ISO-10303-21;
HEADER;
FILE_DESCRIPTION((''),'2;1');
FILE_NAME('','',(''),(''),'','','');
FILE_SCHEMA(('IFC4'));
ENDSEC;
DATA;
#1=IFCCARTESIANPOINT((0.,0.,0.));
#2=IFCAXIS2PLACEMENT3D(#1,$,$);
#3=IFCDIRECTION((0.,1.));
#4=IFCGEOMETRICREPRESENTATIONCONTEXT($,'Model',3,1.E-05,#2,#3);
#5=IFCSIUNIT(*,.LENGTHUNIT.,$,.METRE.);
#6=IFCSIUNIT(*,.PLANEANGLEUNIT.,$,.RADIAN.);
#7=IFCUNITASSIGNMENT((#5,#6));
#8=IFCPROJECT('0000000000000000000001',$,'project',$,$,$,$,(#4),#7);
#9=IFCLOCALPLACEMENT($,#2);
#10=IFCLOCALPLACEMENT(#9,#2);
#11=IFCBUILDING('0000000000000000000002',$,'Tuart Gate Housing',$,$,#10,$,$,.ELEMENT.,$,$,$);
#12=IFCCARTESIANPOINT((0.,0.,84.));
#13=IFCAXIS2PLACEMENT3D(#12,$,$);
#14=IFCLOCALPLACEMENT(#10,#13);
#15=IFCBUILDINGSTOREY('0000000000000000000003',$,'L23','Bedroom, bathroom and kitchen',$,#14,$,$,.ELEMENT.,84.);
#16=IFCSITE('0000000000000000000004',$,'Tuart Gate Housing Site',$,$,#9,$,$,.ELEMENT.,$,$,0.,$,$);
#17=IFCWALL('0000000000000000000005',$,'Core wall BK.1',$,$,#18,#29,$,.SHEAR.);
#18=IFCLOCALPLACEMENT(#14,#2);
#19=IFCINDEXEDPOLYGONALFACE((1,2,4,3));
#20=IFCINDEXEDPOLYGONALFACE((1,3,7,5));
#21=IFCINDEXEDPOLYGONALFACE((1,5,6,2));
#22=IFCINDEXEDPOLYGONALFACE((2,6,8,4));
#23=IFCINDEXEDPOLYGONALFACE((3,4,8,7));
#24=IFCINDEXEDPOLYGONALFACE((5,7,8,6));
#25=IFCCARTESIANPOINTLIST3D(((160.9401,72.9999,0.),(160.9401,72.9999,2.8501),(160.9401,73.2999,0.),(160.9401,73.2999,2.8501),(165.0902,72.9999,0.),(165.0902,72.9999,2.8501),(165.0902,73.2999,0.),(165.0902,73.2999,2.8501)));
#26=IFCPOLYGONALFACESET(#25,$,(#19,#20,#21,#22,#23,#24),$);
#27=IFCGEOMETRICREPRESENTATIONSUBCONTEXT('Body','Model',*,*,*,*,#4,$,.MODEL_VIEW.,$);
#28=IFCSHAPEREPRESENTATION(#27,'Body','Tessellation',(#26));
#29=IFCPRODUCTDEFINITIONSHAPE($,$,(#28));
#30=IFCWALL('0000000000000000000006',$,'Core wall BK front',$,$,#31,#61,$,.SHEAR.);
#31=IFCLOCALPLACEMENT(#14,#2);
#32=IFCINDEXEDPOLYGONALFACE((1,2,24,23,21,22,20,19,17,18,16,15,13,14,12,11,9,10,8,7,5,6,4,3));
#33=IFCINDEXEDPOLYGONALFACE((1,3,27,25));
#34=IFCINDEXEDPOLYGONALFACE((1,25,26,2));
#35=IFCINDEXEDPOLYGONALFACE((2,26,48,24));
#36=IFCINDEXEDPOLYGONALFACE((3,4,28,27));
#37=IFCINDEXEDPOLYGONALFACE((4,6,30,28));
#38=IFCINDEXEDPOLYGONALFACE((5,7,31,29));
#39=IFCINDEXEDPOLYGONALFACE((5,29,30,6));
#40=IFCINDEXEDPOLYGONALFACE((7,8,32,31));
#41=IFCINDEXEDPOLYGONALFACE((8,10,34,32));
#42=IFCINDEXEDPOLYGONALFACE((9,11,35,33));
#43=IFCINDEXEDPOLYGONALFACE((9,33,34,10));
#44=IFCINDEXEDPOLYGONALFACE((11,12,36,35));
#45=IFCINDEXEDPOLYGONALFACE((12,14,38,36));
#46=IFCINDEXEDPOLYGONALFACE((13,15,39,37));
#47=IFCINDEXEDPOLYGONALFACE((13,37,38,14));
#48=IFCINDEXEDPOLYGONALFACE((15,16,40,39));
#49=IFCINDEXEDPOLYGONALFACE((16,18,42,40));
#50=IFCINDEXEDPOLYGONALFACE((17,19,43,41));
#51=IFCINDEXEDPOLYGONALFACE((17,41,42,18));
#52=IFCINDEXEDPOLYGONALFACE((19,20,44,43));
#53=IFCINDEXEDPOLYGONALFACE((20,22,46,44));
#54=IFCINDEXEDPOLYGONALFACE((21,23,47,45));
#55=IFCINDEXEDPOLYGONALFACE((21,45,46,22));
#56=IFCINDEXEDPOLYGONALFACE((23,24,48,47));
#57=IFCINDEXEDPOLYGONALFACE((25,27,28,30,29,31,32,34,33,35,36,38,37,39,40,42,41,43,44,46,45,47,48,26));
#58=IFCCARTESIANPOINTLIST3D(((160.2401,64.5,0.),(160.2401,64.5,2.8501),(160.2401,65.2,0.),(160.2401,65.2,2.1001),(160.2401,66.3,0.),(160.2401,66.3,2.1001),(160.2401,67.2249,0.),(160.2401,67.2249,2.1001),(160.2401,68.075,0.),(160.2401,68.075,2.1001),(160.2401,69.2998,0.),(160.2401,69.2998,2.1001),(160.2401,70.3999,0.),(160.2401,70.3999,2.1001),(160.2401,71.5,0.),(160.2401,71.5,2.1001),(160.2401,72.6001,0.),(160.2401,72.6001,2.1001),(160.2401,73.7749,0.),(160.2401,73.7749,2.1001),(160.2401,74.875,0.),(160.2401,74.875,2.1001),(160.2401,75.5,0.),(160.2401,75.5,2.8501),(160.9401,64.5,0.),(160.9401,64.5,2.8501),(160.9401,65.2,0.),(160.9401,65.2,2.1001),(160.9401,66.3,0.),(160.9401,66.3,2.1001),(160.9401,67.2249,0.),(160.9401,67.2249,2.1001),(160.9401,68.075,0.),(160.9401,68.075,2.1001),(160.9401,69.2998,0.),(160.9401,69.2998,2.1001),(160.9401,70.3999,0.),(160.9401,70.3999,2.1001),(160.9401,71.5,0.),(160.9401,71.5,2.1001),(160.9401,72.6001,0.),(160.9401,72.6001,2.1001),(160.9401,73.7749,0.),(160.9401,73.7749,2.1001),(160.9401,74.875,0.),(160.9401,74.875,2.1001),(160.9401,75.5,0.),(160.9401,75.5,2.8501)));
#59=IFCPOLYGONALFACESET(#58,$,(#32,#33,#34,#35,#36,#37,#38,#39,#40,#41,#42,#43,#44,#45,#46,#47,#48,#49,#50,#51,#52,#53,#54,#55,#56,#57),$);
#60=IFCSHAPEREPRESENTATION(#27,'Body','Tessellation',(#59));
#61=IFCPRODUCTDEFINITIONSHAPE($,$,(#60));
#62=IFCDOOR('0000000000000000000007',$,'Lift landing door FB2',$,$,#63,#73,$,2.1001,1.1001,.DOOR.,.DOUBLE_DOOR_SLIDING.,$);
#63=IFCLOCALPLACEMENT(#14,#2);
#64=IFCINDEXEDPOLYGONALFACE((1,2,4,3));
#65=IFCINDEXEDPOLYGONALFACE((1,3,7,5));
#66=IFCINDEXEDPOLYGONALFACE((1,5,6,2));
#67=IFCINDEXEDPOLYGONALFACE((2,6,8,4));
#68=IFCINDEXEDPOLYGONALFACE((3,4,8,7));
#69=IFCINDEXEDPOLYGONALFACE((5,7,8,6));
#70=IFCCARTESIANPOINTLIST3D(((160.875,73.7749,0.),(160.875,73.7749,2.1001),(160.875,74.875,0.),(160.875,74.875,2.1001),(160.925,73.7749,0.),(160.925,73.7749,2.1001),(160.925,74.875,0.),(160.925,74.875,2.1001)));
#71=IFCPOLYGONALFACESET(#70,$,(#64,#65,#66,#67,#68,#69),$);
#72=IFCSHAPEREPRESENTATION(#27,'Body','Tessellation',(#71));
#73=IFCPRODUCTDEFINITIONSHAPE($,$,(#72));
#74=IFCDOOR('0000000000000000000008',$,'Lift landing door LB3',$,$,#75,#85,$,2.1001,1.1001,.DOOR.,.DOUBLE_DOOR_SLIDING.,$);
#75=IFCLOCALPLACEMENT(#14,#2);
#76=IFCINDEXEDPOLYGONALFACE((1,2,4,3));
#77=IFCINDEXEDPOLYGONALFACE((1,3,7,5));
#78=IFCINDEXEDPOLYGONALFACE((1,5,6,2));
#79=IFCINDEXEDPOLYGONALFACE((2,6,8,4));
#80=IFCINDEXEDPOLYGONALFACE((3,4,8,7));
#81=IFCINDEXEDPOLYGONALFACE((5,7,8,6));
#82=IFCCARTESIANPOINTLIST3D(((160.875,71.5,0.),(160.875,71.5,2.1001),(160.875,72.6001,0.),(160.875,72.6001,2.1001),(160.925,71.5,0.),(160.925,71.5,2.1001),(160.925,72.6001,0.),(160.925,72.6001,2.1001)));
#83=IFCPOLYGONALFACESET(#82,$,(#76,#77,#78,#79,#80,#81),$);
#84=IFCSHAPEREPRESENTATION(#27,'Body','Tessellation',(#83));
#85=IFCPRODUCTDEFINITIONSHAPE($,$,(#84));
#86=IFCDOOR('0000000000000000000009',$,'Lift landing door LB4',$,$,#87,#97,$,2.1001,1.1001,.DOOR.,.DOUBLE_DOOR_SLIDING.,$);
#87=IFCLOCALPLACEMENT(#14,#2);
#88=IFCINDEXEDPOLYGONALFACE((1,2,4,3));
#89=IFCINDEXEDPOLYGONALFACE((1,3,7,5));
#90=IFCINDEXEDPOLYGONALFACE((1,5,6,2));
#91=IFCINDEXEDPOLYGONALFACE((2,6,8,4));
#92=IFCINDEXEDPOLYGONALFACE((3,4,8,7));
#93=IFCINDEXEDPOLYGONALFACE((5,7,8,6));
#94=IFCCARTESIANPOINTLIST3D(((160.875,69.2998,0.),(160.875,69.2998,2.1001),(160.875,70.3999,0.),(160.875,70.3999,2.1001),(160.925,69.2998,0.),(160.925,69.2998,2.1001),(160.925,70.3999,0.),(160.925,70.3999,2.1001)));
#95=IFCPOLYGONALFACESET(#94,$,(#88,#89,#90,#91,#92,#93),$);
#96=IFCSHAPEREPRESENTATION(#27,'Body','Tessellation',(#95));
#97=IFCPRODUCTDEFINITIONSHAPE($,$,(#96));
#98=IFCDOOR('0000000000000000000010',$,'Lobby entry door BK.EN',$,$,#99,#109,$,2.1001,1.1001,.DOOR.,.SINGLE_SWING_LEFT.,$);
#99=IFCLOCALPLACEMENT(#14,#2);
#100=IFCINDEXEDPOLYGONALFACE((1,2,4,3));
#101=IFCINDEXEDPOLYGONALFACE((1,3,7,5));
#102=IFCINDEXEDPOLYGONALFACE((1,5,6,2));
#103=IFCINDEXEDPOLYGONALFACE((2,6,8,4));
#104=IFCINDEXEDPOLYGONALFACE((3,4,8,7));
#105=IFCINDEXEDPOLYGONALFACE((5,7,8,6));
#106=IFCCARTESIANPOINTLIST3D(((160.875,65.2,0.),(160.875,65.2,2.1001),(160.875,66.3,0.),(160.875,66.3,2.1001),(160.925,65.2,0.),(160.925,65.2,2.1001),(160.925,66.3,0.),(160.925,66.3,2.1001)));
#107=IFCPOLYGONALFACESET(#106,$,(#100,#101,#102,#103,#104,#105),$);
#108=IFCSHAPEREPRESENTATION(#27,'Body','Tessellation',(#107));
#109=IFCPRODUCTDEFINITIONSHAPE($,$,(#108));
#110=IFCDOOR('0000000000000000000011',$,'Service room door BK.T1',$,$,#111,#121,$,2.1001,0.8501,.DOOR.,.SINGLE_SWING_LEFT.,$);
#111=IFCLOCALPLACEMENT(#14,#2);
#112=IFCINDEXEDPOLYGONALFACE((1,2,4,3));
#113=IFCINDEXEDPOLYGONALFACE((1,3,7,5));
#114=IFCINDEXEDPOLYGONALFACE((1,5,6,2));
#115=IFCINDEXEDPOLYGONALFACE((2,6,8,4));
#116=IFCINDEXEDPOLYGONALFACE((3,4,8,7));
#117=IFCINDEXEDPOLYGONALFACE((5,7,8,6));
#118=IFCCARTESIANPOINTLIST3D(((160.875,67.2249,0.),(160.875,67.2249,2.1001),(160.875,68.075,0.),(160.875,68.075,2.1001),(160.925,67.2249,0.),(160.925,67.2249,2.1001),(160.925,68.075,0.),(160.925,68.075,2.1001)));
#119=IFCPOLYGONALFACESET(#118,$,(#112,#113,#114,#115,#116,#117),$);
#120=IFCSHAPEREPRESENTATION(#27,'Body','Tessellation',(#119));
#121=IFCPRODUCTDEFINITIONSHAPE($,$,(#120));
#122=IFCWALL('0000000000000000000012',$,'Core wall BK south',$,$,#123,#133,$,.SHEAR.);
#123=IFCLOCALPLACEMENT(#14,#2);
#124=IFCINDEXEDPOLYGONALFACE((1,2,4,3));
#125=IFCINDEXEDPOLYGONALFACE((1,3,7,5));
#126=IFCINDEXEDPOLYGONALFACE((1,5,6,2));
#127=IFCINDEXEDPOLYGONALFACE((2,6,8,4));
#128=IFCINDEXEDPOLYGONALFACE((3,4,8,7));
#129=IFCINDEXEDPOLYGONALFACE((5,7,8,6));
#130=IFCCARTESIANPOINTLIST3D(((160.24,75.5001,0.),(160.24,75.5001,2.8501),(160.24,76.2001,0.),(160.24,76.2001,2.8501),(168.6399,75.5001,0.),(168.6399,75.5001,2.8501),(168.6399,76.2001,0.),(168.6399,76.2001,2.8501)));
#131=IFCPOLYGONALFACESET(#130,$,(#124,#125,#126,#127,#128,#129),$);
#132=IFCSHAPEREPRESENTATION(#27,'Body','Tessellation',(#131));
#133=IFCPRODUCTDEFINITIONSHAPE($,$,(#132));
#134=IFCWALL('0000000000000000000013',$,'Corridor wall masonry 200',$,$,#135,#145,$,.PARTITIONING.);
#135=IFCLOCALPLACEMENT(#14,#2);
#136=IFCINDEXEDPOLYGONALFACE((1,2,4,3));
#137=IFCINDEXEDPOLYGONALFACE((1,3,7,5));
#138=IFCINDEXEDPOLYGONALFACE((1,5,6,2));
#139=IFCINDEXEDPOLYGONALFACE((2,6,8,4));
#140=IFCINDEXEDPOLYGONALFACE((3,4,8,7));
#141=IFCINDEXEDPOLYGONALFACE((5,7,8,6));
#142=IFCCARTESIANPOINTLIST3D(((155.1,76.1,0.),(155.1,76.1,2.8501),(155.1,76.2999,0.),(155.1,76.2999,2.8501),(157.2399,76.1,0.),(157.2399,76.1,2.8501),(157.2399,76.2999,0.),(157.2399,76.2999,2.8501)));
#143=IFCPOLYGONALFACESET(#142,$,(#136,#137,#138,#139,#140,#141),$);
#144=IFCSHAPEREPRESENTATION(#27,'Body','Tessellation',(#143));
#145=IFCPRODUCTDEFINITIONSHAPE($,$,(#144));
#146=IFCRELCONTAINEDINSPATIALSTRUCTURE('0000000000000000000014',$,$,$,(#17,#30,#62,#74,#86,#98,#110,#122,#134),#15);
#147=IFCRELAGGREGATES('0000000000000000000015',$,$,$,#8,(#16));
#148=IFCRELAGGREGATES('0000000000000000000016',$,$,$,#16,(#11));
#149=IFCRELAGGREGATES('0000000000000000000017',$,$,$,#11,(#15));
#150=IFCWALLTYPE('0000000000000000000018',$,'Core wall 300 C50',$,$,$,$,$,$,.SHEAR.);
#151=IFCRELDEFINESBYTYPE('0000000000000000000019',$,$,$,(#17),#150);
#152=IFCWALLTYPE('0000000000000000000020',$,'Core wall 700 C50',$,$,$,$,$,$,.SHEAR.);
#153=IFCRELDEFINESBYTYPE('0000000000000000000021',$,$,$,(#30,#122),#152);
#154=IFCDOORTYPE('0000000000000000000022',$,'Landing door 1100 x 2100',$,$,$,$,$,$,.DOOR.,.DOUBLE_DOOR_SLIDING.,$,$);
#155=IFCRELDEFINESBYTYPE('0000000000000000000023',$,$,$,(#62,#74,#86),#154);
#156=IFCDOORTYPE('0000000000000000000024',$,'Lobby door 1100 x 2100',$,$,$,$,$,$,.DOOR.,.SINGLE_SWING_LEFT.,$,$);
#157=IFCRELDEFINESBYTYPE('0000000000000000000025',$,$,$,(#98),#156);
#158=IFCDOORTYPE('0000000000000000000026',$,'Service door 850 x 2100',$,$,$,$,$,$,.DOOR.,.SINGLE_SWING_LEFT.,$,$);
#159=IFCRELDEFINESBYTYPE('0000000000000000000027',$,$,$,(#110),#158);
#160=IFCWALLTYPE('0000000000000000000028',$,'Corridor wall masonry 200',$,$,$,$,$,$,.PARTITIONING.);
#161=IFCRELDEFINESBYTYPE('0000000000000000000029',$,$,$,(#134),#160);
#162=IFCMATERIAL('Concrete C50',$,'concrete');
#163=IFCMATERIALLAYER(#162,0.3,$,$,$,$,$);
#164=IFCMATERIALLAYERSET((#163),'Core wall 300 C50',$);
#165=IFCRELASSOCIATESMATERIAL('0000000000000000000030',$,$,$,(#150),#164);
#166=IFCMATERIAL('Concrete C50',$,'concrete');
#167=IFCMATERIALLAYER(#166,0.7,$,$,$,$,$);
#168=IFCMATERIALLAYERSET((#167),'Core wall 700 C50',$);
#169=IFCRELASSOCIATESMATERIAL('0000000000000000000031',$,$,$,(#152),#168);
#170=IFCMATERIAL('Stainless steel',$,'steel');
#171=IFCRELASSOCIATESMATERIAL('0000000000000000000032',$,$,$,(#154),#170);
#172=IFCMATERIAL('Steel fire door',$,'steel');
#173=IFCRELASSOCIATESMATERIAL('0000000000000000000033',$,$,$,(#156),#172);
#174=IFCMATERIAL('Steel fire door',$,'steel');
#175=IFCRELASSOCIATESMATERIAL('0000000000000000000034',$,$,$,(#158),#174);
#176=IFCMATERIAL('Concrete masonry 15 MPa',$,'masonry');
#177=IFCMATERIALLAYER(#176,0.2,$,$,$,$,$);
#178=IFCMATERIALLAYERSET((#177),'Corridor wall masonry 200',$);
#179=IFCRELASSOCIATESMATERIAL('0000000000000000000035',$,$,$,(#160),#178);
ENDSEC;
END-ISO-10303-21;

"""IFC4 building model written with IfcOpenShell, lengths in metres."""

from ifc_helpers import new_model, si_unit, direction, frame, frame_2d, origin, place, context, subcontext, project, spatial, rectangle, extrude, material, layer, layer_set, type_object, element, fill, save


model = new_model("IFC4")

# Units and contexts
model_context = context("Model", 3, precision=1e-05, world=origin(), true_north=direction((0.0, 1.0)))
body_context = subcontext(model_context, "Body", "Model", "MODEL_VIEW")
ifc_project = project(units=[si_unit("LENGTHUNIT", "METRE"), si_unit("PLANEANGLEUNIT", "RADIAN")], contexts=[model_context])

# Site, building, storey
site_placement = place(None, origin())
site = spatial("IfcSite", under=ifc_project, at=site_placement, Name="Tuart Gate Housing Site", CompositionType="ELEMENT", RefElevation=0.0)
building_placement = place(site_placement, origin())
building = spatial("IfcBuilding", under=site, at=building_placement, Name="Tuart Gate Housing", CompositionType="ELEMENT")
storey_placement = place(building_placement, frame((0.0, 0.0, 84.0)))
storey = spatial("IfcBuildingStorey", under=building, at=storey_placement, Name="L23", Description="Bedroom, bathroom and kitchen", CompositionType="ELEMENT", Elevation=84.0)

# Wall
ifc_material_1 = material(Name="Concrete C50", Category="concrete")
ifc_layer_1 = layer(ifc_material_1, 0.3)
ifc_layer_set_1 = layer_set([ifc_layer_1], Name="Core wall 300 C50")
wall_type_1 = type_object("IfcWallType", Name="Core wall 300 C50", PredefinedType="SHEAR", material=ifc_layer_set_1)
wall_1_placement = place(storey_placement, frame((160.9399, 73.1499, 0.0), z_axis=(0.0, 0.0, 1.0), x_axis=(1.0, 0.0, 0.0)))
element("IfcWall", 1, at=wall_1_placement, inside=storey, type_object=wall_type_1, Name="Core wall BK.1", PredefinedType="SHEAR", context=body_context, shape_type="SweptSolid", body=[
    extrude(rectangle(XDim=4.1501, YDim=0.3, at=frame_2d((2.0752, 0.0))), origin(), (0.0, 0.0, 1.0), 2.8501),
])

# Wall, openings, doors
ifc_material_2 = material(Name="Concrete C50", Category="concrete")
ifc_layer_2 = layer(ifc_material_2, 0.7)
ifc_layer_set_2 = layer_set([ifc_layer_2], Name="Core wall 700 C50")
wall_type_2 = type_object("IfcWallType", Name="Core wall 700 C50", PredefinedType="SHEAR", material=ifc_layer_set_2)
wall_2_placement = place(storey_placement, frame((160.5901, 75.5, 0.0), z_axis=(0.0, 0.0, 1.0), x_axis=(0.0, -1.0, 0.0)))
wall_2 = element("IfcWall", 2, at=wall_2_placement, inside=storey, type_object=wall_type_2, Name="Core wall BK front", PredefinedType="SHEAR", context=body_context, shape_type="SweptSolid", body=[
    extrude(rectangle(XDim=11.0, YDim=0.7, at=frame_2d((5.5, 0.0))), origin(), (0.0, 0.0, 1.0), 2.8501),
])
opening_1_placement = place(wall_2_placement, frame((0.625, 0.0, 0.0)))
opening_1 = element("IfcOpeningElement", 3, at=opening_1_placement, cuts=wall_2, PredefinedType="OPENING", context=body_context, shape_type="SweptSolid", body=[
    extrude(rectangle(XDim=1.1001, YDim=2.1001, at=frame_2d((0.55, 1.05))), frame((0.0, 0.3599, 0.0), z_axis=(0.0, -1.0, 0.0), x_axis=(1.0, 0.0, 0.0)), (0.0, 0.0, 1.0), 0.72),
])
opening_2_placement = place(wall_2_placement, frame((2.8999, 0.0, 0.0)))
opening_2 = element("IfcOpeningElement", 4, at=opening_2_placement, cuts=wall_2, PredefinedType="OPENING", context=body_context, shape_type="SweptSolid", body=[
    extrude(rectangle(XDim=1.1001, YDim=2.1001, at=frame_2d((0.55, 1.05))), frame((0.0, 0.3599, 0.0), z_axis=(0.0, -1.0, 0.0), x_axis=(1.0, 0.0, 0.0)), (0.0, 0.0, 1.0), 0.72),
])
opening_3_placement = place(wall_2_placement, frame((5.1001, 0.0, 0.0)))
opening_3 = element("IfcOpeningElement", 5, at=opening_3_placement, cuts=wall_2, PredefinedType="OPENING", context=body_context, shape_type="SweptSolid", body=[
    extrude(rectangle(XDim=1.1001, YDim=2.1001, at=frame_2d((0.55, 1.05))), frame((0.0, 0.3599, 0.0), z_axis=(0.0, -1.0, 0.0), x_axis=(1.0, 0.0, 0.0)), (0.0, 0.0, 1.0), 0.72),
])
opening_4_placement = place(wall_2_placement, frame((9.2, 0.0, 0.0)))
opening_4 = element("IfcOpeningElement", 6, at=opening_4_placement, cuts=wall_2, PredefinedType="OPENING", context=body_context, shape_type="SweptSolid", body=[
    extrude(rectangle(XDim=1.1001, YDim=2.1001, at=frame_2d((0.55, 1.05))), frame((0.0, 0.3599, 0.0), z_axis=(0.0, -1.0, 0.0), x_axis=(1.0, 0.0, 0.0)), (0.0, 0.0, 1.0), 0.72),
])
opening_5_placement = place(wall_2_placement, frame((7.425, 0.0, 0.0)))
opening_5 = element("IfcOpeningElement", 7, at=opening_5_placement, cuts=wall_2, PredefinedType="OPENING", context=body_context, shape_type="SweptSolid", body=[
    extrude(rectangle(XDim=0.8501, YDim=2.1001, at=frame_2d((0.425, 1.05))), frame((0.0, 0.3599, 0.0), z_axis=(0.0, -1.0, 0.0), x_axis=(1.0, 0.0, 0.0)), (0.0, 0.0, 1.0), 0.72),
])
ifc_material_3 = material(Name="Stainless steel", Category="steel")
door_type_1 = type_object("IfcDoorType", Name="Landing door 1100 x 2100", OperationType="DOUBLE_DOOR_SLIDING", PredefinedType="DOOR", material=ifc_material_3)
door_1_placement = place(opening_1_placement, origin())
door_1 = element("IfcDoor", 8, at=door_1_placement, inside=storey, type_object=door_type_1, Name="Lift landing door FB2", OperationType="DOUBLE_DOOR_SLIDING", OverallHeight=2.1001, OverallWidth=1.1001, PredefinedType="DOOR", context=body_context, shape_type="SweptSolid", body=[
    extrude(rectangle(XDim=1.1001, YDim=2.1001, at=frame_2d((0.55, 1.05))), frame((0.0, 0.335, 0.0), z_axis=(0.0, -1.0, 0.0), x_axis=(1.0, 0.0, 0.0)), (0.0, 0.0, 1.0), 0.05),
])
fill(opening_1, door_1)
door_2_placement = place(opening_2_placement, origin())
door_2 = element("IfcDoor", 9, at=door_2_placement, inside=storey, type_object=door_type_1, Name="Lift landing door LB3", OperationType="DOUBLE_DOOR_SLIDING", OverallHeight=2.1001, OverallWidth=1.1001, PredefinedType="DOOR", context=body_context, shape_type="SweptSolid", body=[
    extrude(rectangle(XDim=1.1001, YDim=2.1001, at=frame_2d((0.55, 1.05))), frame((0.0, 0.335, 0.0), z_axis=(0.0, -1.0, 0.0), x_axis=(1.0, 0.0, 0.0)), (0.0, 0.0, 1.0), 0.05),
])
fill(opening_2, door_2)
door_3_placement = place(opening_3_placement, origin())
door_3 = element("IfcDoor", 10, at=door_3_placement, inside=storey, type_object=door_type_1, Name="Lift landing door LB4", OperationType="DOUBLE_DOOR_SLIDING", OverallHeight=2.1001, OverallWidth=1.1001, PredefinedType="DOOR", context=body_context, shape_type="SweptSolid", body=[
    extrude(rectangle(XDim=1.1001, YDim=2.1001, at=frame_2d((0.55, 1.05))), frame((0.0, 0.335, 0.0), z_axis=(0.0, -1.0, 0.0), x_axis=(1.0, 0.0, 0.0)), (0.0, 0.0, 1.0), 0.05),
])
fill(opening_3, door_3)
ifc_material_4 = material(Name="Steel fire door", Category="steel")
door_type_2 = type_object("IfcDoorType", Name="Lobby door 1100 x 2100", OperationType="SINGLE_SWING_LEFT", PredefinedType="DOOR", material=ifc_material_4)
door_4_placement = place(opening_4_placement, origin())
door_4 = element("IfcDoor", 11, at=door_4_placement, inside=storey, type_object=door_type_2, Name="Lobby entry door BK.EN", OperationType="SINGLE_SWING_LEFT", OverallHeight=2.1001, OverallWidth=1.1001, PredefinedType="DOOR", context=body_context, shape_type="SweptSolid", body=[
    extrude(rectangle(XDim=1.1001, YDim=2.1001, at=frame_2d((0.55, 1.05))), frame((0.0, 0.335, 0.0), z_axis=(0.0, -1.0, 0.0), x_axis=(1.0, 0.0, 0.0)), (0.0, 0.0, 1.0), 0.05),
])
fill(opening_4, door_4)
ifc_material_5 = material(Name="Steel fire door", Category="steel")
door_type_3 = type_object("IfcDoorType", Name="Service door 850 x 2100", OperationType="SINGLE_SWING_LEFT", PredefinedType="DOOR", material=ifc_material_5)
door_5_placement = place(opening_5_placement, origin())
door_5 = element("IfcDoor", 12, at=door_5_placement, inside=storey, type_object=door_type_3, Name="Service room door BK.T1", OperationType="SINGLE_SWING_LEFT", OverallHeight=2.1001, OverallWidth=0.8501, PredefinedType="DOOR", context=body_context, shape_type="SweptSolid", body=[
    extrude(rectangle(XDim=0.8501, YDim=2.1001, at=frame_2d((0.425, 1.05))), frame((0.0, 0.335, 0.0), z_axis=(0.0, -1.0, 0.0), x_axis=(1.0, 0.0, 0.0)), (0.0, 0.0, 1.0), 0.05),
])
fill(opening_5, door_5)

# Walls
wall_3_placement = place(storey_placement, frame((160.24, 75.8501, 0.0), z_axis=(0.0, 0.0, 1.0), x_axis=(1.0, 0.0, 0.0)))
element("IfcWall", 13, at=wall_3_placement, inside=storey, type_object=wall_type_2, Name="Core wall BK south", PredefinedType="SHEAR", context=body_context, shape_type="SweptSolid", body=[
    extrude(rectangle(XDim=8.3999, YDim=0.7, at=frame_2d((4.2, 0.0))), origin(), (0.0, 0.0, 1.0), 2.8501),
])
ifc_material_6 = material(Name="Concrete masonry 15 MPa", Category="masonry")
ifc_layer_3 = layer(ifc_material_6, 0.2)
ifc_layer_set_3 = layer_set([ifc_layer_3], Name="Corridor wall masonry 200")
wall_type_3 = type_object("IfcWallType", Name="Corridor wall masonry 200", PredefinedType="PARTITIONING", material=ifc_layer_set_3)
wall_4_placement = place(storey_placement, frame((155.1001, 76.2, 0.0), z_axis=(0.0, 0.0, 1.0), x_axis=(1.0, 0.0, 0.0)))
element("IfcWall", 14, at=wall_4_placement, inside=storey, type_object=wall_type_3, Name="Corridor wall masonry 200", PredefinedType="PARTITIONING", context=body_context, shape_type="SweptSolid", body=[
    extrude(rectangle(XDim=2.1399, YDim=0.2, at=frame_2d((1.0698, 0.0))), origin(), (0.0, 0.0, 1.0), 2.8501),
])

save(model, "model.ifc")
